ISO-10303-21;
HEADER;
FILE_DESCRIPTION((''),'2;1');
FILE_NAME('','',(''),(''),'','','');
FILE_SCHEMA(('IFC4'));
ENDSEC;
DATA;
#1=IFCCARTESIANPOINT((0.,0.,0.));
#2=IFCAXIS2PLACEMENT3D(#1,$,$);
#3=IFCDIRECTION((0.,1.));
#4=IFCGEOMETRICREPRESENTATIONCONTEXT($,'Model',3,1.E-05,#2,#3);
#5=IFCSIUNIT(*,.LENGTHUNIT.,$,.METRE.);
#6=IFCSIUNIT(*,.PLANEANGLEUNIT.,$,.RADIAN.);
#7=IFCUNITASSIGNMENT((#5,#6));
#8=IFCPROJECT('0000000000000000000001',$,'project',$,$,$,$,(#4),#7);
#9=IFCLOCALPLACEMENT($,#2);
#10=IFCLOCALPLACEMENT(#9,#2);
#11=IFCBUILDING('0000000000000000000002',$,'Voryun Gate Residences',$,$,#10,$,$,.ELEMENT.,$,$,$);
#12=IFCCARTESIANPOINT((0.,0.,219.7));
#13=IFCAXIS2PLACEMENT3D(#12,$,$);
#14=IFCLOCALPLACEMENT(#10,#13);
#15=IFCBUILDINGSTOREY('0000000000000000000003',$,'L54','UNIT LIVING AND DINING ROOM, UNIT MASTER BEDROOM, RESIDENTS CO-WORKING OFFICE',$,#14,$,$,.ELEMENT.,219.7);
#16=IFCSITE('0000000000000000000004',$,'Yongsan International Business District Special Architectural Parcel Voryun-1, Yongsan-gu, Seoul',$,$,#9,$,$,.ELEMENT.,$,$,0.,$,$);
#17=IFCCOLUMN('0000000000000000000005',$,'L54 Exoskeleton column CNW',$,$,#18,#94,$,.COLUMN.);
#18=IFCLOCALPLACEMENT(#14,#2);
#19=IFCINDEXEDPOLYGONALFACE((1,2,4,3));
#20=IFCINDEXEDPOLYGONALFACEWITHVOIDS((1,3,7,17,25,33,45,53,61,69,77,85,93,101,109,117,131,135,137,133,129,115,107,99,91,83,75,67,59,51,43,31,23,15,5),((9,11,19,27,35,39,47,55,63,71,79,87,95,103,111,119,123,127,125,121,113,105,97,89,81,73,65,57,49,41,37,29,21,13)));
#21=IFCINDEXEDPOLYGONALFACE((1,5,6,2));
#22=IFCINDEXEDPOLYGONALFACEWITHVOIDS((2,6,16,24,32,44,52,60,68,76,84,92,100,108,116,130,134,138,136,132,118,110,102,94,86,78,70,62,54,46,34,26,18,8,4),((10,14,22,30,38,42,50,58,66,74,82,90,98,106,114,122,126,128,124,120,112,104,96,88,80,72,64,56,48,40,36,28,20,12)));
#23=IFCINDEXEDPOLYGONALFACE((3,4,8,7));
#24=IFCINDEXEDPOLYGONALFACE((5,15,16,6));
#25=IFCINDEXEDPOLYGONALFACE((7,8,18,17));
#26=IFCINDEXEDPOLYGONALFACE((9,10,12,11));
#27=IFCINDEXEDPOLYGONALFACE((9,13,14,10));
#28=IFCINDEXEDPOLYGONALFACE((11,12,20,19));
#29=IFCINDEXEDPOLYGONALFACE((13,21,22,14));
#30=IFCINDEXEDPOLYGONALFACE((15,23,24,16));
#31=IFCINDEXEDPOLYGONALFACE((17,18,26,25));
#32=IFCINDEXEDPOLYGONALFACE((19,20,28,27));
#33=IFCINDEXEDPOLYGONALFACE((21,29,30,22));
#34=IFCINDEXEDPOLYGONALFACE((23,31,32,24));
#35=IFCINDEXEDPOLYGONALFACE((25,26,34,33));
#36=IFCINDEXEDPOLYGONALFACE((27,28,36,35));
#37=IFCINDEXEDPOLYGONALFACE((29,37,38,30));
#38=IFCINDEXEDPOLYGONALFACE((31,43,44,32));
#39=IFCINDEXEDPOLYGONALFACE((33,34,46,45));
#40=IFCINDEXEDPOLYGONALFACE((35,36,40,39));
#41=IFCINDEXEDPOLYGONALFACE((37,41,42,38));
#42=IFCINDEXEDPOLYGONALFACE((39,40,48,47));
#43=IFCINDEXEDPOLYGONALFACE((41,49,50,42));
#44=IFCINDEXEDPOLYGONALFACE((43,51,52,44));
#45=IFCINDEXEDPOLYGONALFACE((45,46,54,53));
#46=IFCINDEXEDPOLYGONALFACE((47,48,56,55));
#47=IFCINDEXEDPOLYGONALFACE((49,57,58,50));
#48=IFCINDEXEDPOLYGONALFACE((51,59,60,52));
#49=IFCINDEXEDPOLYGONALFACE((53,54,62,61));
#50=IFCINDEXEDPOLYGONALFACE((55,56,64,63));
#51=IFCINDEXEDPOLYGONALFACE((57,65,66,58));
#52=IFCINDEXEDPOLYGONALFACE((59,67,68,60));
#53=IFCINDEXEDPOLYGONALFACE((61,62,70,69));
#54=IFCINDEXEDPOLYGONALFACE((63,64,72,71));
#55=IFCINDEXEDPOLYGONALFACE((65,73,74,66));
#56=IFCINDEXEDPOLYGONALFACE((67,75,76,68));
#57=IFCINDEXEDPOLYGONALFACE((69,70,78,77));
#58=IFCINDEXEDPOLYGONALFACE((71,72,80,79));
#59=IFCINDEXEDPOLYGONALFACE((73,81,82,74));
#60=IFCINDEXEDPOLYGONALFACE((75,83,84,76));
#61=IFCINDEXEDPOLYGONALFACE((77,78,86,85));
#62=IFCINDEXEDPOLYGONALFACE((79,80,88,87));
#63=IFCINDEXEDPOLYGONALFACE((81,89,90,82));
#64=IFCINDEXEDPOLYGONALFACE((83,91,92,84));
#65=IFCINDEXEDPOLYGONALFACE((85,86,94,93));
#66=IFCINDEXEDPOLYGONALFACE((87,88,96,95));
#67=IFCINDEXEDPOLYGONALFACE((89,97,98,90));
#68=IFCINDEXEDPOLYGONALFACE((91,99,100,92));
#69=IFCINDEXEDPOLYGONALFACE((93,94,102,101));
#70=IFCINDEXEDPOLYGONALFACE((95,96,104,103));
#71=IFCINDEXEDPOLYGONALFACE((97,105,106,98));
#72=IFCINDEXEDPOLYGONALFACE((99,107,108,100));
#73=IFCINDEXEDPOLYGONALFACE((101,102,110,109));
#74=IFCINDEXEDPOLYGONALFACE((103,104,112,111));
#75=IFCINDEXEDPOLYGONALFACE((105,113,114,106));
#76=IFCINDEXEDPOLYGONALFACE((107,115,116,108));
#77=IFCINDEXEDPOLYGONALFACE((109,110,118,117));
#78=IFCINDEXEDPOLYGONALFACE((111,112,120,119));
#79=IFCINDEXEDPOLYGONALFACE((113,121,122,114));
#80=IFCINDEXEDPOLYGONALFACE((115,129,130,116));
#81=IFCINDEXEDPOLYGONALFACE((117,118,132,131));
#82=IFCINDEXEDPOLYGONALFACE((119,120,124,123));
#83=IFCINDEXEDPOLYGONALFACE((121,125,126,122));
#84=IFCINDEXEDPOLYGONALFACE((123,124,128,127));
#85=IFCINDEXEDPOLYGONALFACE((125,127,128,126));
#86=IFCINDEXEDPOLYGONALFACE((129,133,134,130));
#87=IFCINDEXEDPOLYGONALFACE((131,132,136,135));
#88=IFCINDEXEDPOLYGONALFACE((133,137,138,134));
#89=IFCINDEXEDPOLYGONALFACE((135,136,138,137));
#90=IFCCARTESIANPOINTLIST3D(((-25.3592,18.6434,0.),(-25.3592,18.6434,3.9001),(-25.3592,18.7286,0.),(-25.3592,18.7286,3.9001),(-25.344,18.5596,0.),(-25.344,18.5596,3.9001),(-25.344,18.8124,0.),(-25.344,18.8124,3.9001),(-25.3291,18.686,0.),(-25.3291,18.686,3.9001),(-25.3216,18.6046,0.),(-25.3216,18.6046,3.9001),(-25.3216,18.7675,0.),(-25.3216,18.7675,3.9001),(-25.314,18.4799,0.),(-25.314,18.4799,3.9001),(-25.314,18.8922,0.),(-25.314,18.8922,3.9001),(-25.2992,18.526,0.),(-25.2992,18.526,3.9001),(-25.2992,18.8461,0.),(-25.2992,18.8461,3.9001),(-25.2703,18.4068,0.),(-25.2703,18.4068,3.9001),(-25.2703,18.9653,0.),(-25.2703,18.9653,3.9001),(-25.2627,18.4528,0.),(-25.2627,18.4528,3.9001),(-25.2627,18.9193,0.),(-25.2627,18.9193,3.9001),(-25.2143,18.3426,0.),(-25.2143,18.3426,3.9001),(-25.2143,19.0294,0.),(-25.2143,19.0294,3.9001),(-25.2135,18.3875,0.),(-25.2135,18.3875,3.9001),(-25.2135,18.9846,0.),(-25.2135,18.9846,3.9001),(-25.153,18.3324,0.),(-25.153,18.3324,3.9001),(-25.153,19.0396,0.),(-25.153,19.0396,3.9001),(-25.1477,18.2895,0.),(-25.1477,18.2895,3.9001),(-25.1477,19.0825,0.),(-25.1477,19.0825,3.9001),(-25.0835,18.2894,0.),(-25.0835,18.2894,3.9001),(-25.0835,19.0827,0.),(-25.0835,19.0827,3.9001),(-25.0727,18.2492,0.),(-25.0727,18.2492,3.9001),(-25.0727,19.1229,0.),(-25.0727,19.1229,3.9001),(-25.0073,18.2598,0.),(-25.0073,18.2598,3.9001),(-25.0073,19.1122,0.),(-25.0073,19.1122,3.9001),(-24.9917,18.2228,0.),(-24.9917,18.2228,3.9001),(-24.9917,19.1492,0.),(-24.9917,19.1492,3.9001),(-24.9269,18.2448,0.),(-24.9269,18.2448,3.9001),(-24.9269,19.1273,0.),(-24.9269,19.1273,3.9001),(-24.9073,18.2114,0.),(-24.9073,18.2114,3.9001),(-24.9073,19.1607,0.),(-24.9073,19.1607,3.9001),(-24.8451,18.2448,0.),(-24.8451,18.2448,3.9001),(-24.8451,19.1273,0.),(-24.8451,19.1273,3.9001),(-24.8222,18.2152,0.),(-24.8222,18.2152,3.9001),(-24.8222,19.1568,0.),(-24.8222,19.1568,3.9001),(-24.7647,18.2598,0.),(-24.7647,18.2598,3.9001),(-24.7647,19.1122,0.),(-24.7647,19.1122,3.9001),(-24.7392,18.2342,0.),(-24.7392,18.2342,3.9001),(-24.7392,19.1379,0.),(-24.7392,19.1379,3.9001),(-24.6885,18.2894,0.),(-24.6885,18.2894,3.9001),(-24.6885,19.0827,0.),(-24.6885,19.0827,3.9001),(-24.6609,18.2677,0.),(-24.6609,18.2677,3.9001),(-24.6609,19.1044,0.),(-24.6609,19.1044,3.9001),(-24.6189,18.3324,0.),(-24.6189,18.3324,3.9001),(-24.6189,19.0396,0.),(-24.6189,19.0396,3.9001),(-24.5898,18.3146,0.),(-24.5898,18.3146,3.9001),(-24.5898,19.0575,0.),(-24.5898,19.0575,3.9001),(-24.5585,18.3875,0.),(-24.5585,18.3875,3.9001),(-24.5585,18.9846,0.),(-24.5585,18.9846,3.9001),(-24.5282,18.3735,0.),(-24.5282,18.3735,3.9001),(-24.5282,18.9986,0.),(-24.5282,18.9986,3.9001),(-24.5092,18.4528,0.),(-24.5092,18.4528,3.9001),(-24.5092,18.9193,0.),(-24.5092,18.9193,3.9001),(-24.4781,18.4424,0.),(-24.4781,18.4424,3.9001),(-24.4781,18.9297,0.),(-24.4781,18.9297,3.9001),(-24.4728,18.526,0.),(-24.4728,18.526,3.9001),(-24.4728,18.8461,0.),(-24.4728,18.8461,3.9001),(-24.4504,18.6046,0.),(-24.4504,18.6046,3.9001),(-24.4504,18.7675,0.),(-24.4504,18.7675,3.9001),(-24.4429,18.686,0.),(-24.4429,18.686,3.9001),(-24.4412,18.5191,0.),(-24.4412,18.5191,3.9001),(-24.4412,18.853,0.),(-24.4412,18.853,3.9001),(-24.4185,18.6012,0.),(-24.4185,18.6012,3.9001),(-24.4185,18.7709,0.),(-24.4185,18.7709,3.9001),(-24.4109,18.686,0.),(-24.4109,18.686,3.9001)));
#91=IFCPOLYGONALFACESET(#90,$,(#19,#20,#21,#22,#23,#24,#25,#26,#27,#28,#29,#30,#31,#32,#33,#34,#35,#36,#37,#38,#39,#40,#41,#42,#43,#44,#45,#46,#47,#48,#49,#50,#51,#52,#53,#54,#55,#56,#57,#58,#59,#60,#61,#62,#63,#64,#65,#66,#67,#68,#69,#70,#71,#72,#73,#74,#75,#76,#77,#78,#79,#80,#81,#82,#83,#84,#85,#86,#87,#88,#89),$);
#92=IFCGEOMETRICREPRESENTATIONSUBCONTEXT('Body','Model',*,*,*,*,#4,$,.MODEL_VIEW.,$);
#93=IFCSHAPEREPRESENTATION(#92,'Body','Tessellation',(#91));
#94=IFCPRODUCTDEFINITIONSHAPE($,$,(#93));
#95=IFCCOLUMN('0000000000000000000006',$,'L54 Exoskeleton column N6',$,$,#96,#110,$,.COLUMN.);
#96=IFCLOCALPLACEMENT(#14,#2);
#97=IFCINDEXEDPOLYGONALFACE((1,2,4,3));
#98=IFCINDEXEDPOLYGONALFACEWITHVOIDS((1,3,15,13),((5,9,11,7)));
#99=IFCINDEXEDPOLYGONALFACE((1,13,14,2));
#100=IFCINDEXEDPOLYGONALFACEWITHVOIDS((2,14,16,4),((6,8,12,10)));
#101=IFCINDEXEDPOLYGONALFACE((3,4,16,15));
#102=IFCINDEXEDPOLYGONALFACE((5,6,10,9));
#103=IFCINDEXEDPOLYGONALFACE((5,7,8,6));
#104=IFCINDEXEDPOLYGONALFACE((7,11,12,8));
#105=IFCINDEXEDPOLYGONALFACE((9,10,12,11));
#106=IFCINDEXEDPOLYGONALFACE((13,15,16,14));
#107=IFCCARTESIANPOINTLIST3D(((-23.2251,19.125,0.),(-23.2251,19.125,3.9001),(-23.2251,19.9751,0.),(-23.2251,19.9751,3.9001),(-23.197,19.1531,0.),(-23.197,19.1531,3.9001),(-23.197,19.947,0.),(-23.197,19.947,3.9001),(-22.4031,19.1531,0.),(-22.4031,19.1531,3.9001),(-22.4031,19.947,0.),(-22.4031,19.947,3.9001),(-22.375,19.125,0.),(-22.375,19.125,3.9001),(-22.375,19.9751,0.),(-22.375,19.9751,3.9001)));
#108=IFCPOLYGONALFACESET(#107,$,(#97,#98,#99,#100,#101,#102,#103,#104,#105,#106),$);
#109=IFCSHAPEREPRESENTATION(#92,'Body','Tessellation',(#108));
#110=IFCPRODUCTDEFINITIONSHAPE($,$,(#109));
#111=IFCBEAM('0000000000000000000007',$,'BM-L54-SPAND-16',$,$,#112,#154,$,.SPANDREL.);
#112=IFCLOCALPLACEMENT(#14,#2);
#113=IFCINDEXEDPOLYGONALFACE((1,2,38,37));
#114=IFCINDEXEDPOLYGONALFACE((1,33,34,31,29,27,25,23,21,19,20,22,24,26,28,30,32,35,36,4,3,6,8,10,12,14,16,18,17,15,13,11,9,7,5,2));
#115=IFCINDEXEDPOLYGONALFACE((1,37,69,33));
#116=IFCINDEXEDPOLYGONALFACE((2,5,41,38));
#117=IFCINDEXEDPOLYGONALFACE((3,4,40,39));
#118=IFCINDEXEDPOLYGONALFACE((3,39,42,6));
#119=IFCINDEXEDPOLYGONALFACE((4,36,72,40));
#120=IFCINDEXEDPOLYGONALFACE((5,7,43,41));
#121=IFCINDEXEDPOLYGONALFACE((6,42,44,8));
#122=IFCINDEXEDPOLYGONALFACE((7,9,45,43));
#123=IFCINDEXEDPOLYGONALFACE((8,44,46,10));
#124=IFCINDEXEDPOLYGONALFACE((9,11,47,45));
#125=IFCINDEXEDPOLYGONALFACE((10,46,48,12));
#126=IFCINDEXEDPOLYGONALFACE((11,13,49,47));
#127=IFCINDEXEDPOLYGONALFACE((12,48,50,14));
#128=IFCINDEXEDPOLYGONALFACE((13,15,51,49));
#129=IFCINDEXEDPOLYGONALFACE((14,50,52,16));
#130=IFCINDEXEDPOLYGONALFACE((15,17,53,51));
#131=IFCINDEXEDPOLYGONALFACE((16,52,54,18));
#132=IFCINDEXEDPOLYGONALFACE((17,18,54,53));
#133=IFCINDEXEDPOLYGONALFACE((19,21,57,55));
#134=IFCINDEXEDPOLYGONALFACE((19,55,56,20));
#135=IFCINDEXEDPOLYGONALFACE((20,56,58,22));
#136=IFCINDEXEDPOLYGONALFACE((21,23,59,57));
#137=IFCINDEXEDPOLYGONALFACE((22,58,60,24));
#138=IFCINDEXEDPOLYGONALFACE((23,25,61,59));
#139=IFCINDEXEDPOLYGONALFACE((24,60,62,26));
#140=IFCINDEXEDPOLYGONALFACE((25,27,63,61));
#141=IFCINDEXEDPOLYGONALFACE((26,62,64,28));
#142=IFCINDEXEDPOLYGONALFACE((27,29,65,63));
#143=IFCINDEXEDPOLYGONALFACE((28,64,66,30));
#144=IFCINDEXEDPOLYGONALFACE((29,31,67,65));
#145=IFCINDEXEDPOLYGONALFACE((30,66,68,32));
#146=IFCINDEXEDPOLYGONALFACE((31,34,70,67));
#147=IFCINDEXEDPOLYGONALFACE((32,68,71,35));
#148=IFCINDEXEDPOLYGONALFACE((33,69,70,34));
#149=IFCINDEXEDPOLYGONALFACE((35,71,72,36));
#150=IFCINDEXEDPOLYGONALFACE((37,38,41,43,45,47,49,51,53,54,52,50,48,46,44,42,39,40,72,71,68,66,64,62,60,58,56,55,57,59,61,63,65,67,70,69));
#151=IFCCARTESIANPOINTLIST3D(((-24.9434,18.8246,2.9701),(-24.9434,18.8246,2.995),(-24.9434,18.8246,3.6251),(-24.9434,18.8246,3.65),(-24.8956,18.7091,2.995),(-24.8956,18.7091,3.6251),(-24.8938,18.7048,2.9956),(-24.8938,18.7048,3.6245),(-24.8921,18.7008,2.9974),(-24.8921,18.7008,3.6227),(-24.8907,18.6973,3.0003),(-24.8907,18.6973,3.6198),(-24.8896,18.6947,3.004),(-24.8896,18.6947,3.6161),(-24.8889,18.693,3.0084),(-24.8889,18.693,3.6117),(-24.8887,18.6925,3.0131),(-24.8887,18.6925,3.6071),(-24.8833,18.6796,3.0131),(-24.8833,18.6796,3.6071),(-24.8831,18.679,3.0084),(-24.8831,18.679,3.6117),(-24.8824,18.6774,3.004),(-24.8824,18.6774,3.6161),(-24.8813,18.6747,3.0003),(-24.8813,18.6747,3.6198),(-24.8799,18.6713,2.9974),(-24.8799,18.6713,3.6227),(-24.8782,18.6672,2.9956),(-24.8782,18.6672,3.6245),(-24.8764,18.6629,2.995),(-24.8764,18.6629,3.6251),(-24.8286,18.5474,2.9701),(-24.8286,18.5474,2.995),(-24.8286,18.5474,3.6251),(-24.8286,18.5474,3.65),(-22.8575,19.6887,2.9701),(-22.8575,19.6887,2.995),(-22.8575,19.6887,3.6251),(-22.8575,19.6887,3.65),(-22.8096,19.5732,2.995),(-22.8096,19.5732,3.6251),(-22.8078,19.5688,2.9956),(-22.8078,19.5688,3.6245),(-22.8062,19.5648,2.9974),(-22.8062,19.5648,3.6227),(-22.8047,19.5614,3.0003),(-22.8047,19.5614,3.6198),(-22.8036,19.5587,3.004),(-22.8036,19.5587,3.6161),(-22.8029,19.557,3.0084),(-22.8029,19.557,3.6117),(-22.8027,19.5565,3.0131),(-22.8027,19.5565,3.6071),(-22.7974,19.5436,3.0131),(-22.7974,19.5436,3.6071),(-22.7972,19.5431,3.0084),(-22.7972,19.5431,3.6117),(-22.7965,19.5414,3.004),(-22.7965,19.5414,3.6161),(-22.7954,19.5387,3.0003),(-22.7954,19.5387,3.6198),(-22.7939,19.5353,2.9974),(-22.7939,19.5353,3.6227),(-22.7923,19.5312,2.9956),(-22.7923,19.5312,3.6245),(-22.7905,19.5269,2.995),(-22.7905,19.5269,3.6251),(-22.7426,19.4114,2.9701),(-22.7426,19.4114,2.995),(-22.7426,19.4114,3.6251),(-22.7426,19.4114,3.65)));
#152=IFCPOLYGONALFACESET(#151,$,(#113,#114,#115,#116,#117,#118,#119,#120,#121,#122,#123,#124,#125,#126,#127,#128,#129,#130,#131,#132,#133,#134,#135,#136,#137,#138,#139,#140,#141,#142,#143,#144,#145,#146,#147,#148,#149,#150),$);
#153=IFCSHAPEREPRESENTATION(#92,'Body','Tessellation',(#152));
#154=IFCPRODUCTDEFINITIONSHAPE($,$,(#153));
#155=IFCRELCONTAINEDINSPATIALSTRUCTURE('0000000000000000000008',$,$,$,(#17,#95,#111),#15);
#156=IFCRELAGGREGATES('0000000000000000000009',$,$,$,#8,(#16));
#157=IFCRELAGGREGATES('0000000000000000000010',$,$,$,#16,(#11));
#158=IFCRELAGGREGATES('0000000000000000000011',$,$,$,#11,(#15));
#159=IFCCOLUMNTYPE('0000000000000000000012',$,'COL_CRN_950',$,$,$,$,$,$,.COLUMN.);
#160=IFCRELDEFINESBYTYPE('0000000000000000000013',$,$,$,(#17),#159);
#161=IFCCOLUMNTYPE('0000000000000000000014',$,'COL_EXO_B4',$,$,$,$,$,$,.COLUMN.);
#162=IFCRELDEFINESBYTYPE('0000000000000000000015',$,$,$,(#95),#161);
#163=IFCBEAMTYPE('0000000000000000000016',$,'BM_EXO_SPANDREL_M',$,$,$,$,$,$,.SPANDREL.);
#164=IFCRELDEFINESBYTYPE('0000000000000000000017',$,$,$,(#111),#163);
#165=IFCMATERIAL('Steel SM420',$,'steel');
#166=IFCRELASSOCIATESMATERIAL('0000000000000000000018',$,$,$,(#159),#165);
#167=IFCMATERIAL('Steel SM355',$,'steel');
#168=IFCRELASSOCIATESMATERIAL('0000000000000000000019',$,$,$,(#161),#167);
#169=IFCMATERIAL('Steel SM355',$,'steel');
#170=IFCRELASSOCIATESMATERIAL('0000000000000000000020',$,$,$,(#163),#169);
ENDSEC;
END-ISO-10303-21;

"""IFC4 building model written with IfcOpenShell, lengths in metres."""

from ifc_helpers import new_model, si_unit, direction, frame, origin, origin_2d, place, context, subcontext, project, spatial, hollow_rectangle, hollow_circle, i_section, extrude, material, material_profile, profile_set, type_object, element, save


model = new_model("IFC4")

# Units and contexts
model_context = context("Model", 3, precision=1e-05, world=origin(), true_north=direction((0.0, 1.0)))
body_context = subcontext(model_context, "Body", "Model", "MODEL_VIEW")
ifc_project = project(units=[si_unit("LENGTHUNIT", "METRE"), si_unit("PLANEANGLEUNIT", "RADIAN")], contexts=[model_context])

# Site, building, storey
site_placement = place(None, origin())
site = spatial("IfcSite", under=ifc_project, at=site_placement, Name="Yongsan International Business District Special Architectural Parcel Voryun-1, Yongsan-gu, Seoul", CompositionType="ELEMENT", RefElevation=0.0)
building_placement = place(site_placement, origin())
building = spatial("IfcBuilding", under=site, at=building_placement, Name="Voryun Gate Residences", CompositionType="ELEMENT")
storey_placement = place(building_placement, frame((0.0, 0.0, 219.7)))
storey = spatial("IfcBuildingStorey", under=building, at=storey_placement, Name="L54", Description="UNIT LIVING AND DINING ROOM, UNIT MASTER BEDROOM, RESIDENTS CO-WORKING OFFICE", CompositionType="ELEMENT", Elevation=219.7)

# Columns
ifc_material_1 = material(Name="Steel SM420", Category="steel")
ifc_material_profile_1 = material_profile(ifc_material_1, hollow_circle(Radius=0.4751, WallThickness=0.032, at=origin_2d()), Name="CHS-950x32")
ifc_profile_set_1 = profile_set([ifc_material_profile_1], Name="Steel SM420")
column_type_1 = type_object("IfcColumnType", Name="COL_CRN_950", PredefinedType="COLUMN", material=ifc_profile_set_1)
column_1_placement = place(storey_placement, frame((-24.886, 18.686, 0.0), z_axis=(0.0, 0.0, 1.0), x_axis=(1.0, 0.0, 0.0)))
element("IfcColumn", 1, at=column_1_placement, inside=storey, type_object=column_type_1, Name="L54 Exoskeleton column CNW", PredefinedType="COLUMN", context=body_context, shape_type="SweptSolid", body=[
    extrude(hollow_circle(Radius=0.4751, WallThickness=0.032, at=origin_2d()), origin(), (0.0, 0.0, 1.0), 3.9001),
])
ifc_material_2 = material(Name="Steel SM355", Category="steel")
ifc_material_profile_2 = material_profile(ifc_material_2, hollow_rectangle(XDim=0.8501, YDim=0.8501, WallThickness=0.0281, at=origin_2d()), Name="BOX-850x850x28")
ifc_profile_set_2 = profile_set([ifc_material_profile_2], Name="Steel SM355")
column_type_2 = type_object("IfcColumnType", Name="COL_EXO_B4", PredefinedType="COLUMN", material=ifc_profile_set_2)
column_2_placement = place(storey_placement, frame((-22.8, 19.55, 0.0), z_axis=(0.0, 0.0, 1.0), x_axis=(1.0, 0.0, 0.0)))
element("IfcColumn", 2, at=column_2_placement, inside=storey, type_object=column_type_2, Name="L54 Exoskeleton column N6", PredefinedType="COLUMN", context=body_context, shape_type="SweptSolid", body=[
    extrude(hollow_rectangle(XDim=0.8501, YDim=0.8501, WallThickness=0.0281, at=origin_2d()), origin(), (0.0, 0.0, 1.0), 3.9001),
])

# Beam
ifc_material_3 = material(Name="Steel SM355", Category="steel")
ifc_material_profile_3 = material_profile(ifc_material_3, i_section(OverallWidth=0.3, OverallDepth=0.6799, WebThickness=0.0139, FlangeThickness=0.0249, FilletRadius=0.0181, at=origin_2d()), Name="H-680x300x14x25")
ifc_profile_set_3 = profile_set([ifc_material_profile_3], Name="Steel SM355")
beam_type = type_object("IfcBeamType", Name="BM_EXO_SPANDREL_M", PredefinedType="SPANDREL", material=ifc_profile_set_3)
beam_1_placement = place(storey_placement, frame((-22.8, 19.55, 3.3101), z_axis=(-0.923881, -0.38268, 0.0), x_axis=(0.38268, -0.923881, 0.0)))
element("IfcBeam", 3, at=beam_1_placement, inside=storey, type_object=beam_type, Name="BM-L54-SPAND-16", PredefinedType="SPANDREL", context=body_context, shape_type="SweptSolid", body=[
    extrude(i_section(OverallWidth=0.3, OverallDepth=0.6799, WebThickness=0.0139, FlangeThickness=0.0249, FilletRadius=0.0181, at=origin_2d()), origin(), (0.0, 0.0, 1.0), 2.2578),
])

save(model, "model.ifc")
